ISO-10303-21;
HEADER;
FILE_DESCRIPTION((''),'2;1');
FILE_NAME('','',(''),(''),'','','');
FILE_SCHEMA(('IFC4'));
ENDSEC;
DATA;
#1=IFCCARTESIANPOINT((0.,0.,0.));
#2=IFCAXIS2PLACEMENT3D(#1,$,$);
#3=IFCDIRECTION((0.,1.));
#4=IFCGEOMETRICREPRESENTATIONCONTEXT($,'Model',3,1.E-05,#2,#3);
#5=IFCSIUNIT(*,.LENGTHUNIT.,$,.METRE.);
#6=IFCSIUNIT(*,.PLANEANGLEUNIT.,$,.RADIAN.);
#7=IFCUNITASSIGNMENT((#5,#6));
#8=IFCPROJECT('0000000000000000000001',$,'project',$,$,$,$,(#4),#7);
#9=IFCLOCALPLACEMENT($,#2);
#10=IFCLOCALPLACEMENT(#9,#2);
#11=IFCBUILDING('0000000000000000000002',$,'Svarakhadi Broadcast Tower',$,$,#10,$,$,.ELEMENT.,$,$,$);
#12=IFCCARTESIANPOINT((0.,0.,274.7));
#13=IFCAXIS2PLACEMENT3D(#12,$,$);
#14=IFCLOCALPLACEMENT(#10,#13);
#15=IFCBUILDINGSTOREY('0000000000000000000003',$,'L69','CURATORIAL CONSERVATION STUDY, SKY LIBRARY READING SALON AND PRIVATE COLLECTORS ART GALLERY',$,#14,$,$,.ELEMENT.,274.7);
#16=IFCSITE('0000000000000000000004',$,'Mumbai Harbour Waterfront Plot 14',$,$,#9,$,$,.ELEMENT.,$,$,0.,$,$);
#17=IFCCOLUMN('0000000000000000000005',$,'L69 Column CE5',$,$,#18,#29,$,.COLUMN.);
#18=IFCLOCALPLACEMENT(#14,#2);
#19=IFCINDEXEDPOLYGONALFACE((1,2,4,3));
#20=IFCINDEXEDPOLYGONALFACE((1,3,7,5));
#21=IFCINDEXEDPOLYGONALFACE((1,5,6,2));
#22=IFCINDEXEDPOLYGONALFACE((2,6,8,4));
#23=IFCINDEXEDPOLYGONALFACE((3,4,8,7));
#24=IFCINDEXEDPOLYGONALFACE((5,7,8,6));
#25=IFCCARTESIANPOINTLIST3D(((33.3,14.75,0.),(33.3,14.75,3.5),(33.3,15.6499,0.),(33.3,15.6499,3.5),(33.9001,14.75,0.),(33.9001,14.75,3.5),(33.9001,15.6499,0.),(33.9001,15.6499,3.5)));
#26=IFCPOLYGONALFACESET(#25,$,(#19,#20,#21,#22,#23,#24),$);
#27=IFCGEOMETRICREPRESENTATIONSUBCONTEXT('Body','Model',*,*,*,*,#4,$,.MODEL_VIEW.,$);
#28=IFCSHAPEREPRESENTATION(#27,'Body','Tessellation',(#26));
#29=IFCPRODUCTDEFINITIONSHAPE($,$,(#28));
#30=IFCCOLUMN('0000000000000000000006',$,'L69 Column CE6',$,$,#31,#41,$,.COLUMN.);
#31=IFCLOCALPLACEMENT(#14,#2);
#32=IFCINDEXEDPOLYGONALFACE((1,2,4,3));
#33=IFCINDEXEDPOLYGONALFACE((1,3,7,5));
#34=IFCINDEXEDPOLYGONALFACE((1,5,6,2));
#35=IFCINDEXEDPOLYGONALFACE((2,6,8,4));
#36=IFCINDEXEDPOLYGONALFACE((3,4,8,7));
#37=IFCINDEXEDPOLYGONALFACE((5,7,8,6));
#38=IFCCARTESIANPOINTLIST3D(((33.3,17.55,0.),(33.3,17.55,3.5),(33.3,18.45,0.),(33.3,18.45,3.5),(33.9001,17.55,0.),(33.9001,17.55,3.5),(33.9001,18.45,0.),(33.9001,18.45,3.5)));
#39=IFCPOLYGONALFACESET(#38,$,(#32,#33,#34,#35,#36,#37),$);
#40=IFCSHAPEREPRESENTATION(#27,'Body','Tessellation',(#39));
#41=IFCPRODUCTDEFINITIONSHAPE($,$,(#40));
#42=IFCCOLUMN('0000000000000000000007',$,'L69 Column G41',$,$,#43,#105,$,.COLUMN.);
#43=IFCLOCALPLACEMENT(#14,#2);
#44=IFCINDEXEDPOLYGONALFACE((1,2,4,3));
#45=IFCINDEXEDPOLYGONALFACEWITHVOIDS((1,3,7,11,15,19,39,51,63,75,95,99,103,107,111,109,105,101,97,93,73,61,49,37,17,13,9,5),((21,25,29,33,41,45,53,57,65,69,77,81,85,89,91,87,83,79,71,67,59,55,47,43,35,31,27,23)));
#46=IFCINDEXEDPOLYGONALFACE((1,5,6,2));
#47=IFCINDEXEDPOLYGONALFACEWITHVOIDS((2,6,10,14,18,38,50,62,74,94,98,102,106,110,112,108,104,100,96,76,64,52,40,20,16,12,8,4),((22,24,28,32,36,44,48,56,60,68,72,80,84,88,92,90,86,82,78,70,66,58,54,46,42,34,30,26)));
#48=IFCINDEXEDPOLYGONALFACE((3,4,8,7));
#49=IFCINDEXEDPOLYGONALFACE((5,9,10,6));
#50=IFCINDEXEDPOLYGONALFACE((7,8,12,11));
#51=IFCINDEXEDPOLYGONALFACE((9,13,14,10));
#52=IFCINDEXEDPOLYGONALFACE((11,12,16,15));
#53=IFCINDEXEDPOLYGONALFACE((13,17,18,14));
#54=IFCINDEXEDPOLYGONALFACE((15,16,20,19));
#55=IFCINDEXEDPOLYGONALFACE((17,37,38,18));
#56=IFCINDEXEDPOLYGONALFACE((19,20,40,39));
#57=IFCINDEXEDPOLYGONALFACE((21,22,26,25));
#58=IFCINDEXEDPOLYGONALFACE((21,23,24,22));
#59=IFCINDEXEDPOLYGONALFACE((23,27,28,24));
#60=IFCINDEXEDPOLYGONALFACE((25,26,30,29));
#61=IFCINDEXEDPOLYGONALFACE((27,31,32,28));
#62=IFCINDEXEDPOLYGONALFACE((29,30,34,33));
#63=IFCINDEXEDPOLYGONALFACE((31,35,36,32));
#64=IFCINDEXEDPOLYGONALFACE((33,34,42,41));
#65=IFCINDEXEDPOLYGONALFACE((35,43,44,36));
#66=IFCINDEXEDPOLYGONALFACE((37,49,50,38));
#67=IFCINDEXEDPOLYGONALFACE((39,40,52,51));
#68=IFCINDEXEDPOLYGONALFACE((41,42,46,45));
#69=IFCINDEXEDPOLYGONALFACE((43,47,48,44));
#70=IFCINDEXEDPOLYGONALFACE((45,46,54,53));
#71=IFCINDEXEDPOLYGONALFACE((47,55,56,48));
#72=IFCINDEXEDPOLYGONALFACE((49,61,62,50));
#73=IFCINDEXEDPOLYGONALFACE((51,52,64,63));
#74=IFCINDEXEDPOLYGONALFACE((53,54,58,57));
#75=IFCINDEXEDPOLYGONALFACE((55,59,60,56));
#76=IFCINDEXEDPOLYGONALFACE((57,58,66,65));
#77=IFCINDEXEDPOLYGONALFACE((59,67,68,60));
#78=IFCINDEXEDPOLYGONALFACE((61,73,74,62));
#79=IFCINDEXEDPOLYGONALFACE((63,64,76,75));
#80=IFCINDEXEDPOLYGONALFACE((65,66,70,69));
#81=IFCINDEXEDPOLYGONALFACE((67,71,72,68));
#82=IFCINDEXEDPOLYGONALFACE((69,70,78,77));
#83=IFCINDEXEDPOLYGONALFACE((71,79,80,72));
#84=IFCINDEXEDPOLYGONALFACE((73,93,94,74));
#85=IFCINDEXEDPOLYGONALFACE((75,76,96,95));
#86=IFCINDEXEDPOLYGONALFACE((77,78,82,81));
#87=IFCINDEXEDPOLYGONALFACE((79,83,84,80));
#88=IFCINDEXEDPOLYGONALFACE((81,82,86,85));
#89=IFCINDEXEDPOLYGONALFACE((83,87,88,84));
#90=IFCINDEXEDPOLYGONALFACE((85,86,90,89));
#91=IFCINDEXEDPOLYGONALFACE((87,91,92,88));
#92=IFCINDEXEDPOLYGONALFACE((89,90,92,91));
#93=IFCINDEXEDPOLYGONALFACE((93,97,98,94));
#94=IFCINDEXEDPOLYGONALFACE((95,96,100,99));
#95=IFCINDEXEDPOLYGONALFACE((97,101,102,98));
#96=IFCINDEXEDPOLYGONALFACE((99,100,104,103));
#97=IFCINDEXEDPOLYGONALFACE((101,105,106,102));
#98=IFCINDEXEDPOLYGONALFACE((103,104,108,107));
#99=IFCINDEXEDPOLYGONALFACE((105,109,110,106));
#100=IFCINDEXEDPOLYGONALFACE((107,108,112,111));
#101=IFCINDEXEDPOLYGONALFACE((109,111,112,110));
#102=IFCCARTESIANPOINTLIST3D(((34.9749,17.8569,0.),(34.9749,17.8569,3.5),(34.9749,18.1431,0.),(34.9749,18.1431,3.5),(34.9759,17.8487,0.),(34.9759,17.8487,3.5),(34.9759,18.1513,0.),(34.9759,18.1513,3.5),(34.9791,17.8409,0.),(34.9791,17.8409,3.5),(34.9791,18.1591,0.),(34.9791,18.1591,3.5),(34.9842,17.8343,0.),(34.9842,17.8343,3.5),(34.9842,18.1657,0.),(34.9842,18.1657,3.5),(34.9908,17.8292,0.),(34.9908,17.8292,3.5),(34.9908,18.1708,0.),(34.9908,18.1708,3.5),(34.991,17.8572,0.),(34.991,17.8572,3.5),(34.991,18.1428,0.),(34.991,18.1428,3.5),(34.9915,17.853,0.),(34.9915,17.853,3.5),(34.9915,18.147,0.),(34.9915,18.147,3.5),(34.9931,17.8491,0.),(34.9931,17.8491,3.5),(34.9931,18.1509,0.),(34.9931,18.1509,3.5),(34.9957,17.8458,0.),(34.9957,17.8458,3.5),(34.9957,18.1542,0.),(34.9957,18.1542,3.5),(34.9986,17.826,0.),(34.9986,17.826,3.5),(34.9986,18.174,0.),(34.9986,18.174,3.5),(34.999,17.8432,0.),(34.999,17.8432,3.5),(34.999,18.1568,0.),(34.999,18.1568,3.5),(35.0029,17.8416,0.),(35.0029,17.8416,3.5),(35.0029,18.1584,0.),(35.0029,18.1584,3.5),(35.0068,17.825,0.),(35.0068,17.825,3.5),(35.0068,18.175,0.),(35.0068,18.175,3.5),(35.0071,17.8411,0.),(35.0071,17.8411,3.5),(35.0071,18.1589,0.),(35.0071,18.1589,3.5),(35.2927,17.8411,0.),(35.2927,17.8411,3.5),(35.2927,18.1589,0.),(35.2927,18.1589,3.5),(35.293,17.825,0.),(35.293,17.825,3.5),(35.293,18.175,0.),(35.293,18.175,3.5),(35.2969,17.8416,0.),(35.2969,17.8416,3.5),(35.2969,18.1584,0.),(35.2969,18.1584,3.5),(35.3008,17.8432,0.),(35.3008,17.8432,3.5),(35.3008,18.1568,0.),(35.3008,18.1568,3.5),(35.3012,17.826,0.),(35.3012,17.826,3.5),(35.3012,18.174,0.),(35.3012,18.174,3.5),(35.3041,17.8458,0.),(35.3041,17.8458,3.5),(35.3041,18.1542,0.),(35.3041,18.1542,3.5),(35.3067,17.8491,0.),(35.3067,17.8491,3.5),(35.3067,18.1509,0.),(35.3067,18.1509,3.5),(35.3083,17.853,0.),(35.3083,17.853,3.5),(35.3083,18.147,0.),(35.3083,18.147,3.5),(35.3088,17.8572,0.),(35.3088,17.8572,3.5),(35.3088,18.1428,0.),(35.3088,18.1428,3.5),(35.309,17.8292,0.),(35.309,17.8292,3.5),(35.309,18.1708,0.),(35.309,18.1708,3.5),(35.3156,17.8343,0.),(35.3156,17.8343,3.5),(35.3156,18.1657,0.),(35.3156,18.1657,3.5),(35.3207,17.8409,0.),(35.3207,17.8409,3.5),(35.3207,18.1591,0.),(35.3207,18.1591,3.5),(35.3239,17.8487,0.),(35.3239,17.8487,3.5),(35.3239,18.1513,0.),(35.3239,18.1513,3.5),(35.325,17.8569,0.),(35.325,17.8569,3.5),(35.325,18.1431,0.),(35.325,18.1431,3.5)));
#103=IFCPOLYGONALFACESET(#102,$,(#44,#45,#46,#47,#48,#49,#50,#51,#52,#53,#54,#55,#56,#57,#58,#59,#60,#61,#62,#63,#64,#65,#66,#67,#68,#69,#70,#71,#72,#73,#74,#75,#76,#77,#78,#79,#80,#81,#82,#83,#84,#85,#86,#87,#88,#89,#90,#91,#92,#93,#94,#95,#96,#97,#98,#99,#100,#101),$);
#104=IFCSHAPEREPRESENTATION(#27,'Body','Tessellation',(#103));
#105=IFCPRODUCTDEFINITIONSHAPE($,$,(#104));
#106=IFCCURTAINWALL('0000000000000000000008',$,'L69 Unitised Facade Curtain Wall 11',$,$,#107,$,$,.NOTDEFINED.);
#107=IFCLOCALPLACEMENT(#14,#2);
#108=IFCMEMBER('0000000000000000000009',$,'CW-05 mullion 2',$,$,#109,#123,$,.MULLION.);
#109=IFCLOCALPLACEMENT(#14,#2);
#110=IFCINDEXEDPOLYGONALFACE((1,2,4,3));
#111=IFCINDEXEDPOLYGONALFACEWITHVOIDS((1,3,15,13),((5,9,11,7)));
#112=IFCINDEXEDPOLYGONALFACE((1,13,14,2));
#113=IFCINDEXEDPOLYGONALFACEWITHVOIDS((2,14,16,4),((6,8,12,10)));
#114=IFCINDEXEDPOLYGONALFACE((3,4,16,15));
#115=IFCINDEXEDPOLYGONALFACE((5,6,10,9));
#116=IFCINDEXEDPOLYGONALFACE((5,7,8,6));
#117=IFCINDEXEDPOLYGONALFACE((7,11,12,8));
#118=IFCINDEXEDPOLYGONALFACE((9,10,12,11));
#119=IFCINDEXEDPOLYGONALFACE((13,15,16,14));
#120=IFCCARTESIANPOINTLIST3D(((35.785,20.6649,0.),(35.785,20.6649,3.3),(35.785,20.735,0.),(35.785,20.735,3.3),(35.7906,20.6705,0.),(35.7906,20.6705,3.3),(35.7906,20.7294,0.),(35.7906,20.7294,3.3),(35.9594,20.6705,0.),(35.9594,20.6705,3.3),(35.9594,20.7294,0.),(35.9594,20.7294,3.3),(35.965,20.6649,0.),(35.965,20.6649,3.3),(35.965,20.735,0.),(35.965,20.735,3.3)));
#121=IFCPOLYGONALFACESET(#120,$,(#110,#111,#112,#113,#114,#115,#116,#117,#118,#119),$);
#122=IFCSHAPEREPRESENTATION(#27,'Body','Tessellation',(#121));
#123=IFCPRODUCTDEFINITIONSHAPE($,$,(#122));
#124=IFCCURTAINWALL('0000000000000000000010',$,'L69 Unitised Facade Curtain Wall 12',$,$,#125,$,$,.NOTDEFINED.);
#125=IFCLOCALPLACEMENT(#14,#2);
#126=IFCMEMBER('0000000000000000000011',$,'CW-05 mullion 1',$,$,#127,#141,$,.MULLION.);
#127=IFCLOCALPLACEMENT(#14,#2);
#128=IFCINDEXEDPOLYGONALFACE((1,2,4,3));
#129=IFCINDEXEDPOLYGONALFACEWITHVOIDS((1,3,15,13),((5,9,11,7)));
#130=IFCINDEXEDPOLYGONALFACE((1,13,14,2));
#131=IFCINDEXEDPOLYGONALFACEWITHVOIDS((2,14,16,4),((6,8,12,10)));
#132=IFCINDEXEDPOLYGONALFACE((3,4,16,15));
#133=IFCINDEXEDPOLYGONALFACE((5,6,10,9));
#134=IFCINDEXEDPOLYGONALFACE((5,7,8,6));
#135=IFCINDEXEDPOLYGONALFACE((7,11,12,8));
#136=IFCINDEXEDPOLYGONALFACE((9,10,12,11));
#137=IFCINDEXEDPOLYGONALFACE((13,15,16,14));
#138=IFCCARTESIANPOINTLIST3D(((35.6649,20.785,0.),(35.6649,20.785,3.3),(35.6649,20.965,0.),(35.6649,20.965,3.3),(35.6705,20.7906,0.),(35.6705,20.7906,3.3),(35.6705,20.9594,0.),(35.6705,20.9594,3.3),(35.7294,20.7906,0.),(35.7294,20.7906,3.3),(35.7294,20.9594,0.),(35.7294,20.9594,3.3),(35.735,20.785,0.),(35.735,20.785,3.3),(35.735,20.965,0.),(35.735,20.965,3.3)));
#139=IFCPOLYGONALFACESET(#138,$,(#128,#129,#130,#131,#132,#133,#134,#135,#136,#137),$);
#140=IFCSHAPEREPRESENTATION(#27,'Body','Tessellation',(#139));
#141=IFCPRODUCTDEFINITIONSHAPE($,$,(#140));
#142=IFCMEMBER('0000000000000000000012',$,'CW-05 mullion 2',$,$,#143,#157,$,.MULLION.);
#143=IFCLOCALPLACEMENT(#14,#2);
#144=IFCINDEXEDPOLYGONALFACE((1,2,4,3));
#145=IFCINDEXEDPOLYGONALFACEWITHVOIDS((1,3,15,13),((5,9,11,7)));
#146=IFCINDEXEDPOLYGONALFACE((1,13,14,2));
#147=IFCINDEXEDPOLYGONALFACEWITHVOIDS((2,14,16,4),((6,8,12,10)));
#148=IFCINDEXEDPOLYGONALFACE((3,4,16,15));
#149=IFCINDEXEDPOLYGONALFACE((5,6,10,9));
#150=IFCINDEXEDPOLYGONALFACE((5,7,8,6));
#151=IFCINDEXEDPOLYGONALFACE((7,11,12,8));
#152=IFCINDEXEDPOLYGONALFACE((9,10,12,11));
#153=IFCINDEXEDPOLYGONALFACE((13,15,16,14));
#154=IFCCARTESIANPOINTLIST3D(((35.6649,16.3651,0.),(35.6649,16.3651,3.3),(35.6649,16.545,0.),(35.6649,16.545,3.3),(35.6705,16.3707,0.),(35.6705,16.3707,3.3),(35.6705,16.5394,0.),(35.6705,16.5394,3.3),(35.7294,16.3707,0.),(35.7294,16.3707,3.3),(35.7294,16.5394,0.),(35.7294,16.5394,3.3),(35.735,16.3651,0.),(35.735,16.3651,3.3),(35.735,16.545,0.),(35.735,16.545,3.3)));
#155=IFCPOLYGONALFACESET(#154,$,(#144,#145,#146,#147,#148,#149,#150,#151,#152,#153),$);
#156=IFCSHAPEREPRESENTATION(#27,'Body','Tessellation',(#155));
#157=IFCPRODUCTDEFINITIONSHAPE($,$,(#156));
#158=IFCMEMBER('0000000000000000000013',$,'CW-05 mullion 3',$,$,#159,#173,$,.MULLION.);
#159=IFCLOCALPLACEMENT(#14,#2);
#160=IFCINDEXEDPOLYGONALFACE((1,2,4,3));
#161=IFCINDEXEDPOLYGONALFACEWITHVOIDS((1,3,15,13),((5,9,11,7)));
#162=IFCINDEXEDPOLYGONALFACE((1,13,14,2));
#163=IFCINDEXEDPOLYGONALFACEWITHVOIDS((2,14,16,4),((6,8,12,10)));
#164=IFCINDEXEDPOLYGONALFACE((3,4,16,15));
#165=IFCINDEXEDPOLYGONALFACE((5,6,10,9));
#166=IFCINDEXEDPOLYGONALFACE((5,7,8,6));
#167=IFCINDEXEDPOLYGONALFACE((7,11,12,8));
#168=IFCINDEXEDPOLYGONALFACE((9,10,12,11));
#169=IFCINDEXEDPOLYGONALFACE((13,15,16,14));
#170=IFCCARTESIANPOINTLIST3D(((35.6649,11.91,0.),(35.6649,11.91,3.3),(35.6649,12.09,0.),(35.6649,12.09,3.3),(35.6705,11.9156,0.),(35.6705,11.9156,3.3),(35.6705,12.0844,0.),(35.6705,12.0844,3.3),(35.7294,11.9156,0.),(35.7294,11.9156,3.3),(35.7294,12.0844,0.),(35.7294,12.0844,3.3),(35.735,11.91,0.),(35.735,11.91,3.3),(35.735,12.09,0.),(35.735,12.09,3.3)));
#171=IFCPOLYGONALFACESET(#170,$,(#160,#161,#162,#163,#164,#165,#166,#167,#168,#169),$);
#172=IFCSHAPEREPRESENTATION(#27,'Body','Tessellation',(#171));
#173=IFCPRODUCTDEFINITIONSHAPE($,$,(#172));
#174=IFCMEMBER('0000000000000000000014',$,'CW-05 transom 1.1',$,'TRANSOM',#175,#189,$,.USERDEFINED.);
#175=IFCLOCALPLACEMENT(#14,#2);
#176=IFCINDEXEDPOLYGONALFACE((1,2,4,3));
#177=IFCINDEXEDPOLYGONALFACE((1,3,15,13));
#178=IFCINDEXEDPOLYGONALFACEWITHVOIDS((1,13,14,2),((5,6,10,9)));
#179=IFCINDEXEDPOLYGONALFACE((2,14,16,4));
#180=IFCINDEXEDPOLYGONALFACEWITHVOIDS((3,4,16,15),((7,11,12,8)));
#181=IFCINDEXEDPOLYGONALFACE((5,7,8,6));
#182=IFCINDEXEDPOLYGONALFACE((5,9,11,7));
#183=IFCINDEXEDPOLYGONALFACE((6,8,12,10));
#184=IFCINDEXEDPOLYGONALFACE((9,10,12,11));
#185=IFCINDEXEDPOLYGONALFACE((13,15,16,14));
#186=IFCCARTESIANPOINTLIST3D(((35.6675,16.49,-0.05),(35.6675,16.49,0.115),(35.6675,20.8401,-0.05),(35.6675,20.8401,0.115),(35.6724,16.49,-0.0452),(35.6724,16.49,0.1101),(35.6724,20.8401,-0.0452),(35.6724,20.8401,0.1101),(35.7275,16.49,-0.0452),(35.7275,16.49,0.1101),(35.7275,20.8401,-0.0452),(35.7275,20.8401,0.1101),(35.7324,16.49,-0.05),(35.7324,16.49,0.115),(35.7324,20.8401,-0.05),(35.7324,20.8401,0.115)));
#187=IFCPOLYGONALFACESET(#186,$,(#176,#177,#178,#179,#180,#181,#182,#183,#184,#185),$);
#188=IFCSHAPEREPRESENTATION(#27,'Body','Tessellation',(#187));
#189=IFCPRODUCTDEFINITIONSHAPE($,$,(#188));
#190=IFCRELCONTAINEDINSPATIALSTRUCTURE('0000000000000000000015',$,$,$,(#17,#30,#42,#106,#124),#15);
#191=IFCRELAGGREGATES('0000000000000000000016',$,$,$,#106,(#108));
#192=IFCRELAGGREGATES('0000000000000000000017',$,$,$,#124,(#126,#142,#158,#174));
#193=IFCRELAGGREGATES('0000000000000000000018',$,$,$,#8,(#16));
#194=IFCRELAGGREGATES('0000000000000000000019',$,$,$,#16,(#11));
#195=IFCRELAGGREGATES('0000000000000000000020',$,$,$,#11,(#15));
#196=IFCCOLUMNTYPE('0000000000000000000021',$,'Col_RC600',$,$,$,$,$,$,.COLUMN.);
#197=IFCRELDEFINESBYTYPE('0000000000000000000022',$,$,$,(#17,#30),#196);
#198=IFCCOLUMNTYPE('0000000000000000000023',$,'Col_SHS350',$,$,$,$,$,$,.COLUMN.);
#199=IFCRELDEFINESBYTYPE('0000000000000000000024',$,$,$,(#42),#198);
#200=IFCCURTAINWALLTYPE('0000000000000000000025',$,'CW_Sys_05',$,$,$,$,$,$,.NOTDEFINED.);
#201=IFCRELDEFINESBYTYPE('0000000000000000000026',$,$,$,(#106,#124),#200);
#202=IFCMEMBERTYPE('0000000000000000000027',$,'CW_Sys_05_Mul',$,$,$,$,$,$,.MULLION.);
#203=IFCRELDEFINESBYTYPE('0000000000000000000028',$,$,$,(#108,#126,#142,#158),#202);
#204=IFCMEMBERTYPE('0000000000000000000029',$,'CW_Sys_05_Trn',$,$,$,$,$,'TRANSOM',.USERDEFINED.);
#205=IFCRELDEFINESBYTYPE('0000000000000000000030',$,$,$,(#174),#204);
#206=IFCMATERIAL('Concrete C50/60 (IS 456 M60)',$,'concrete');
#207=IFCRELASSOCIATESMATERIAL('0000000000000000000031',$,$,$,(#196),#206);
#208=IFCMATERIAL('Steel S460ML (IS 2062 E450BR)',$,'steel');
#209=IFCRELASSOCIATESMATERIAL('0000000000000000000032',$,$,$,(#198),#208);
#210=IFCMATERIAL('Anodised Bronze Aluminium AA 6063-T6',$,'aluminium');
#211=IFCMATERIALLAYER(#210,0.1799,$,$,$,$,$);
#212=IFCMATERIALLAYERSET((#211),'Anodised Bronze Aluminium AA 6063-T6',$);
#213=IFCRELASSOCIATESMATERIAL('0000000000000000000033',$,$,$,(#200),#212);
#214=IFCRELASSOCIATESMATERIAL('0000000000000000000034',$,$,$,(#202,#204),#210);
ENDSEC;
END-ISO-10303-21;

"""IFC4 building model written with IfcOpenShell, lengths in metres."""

from ifc_helpers import new_model, si_unit, direction, frame, origin, origin_2d, place, context, subcontext, project, spatial, rectangle, hollow_rectangle, extrude, material, layer, layer_set, material_profile, profile_set, type_object, element, aggregate, save


model = new_model("IFC4")

# Units and contexts
model_context = context("Model", 3, precision=1e-05, world=origin(), true_north=direction((0.0, 1.0)))
body_context = subcontext(model_context, "Body", "Model", "MODEL_VIEW")
ifc_project = project(units=[si_unit("LENGTHUNIT", "METRE"), si_unit("PLANEANGLEUNIT", "RADIAN")], contexts=[model_context])

# Site, building, storey
site_placement = place(None, origin())
site = spatial("IfcSite", under=ifc_project, at=site_placement, Name="Mumbai Harbour Waterfront Plot 14", CompositionType="ELEMENT", RefElevation=0.0)
building_placement = place(site_placement, origin())
building = spatial("IfcBuilding", under=site, at=building_placement, Name="Svarakhadi Broadcast Tower", CompositionType="ELEMENT")
storey_placement = place(building_placement, frame((0.0, 0.0, 274.7)))
storey = spatial("IfcBuildingStorey", under=building, at=storey_placement, Name="L69", Description="CURATORIAL CONSERVATION STUDY, SKY LIBRARY READING SALON AND PRIVATE COLLECTORS ART GALLERY", CompositionType="ELEMENT", Elevation=274.7)

# Columns
ifc_material_1 = material(Name="Concrete C50/60 (IS 456 M60)", Category="concrete")
ifc_material_profile_1 = material_profile(ifc_material_1, rectangle(XDim=0.6001, YDim=0.8999, at=origin_2d()), Name="RC 600x900")
ifc_profile_set_1 = profile_set([ifc_material_profile_1], Name="Concrete C50/60 (IS 456 M60)")
column_type_1 = type_object("IfcColumnType", Name="Col_RC600", PredefinedType="COLUMN", material=ifc_profile_set_1)
for number, where, z_axis, x_axis, name in (
    (1, (33.6001, 15.2, 0.0), (0.0, 0.0, 1.0), (1.0, 0.0, 0.0), "L69 Column CE5"),
    (2, (33.6001, 18.0, 0.0), (0.0, 0.0, 1.0), (1.0, 0.0, 0.0), "L69 Column CE6"),
):
    element("IfcColumn", number, at=place(storey_placement, frame(where, z_axis=z_axis, x_axis=x_axis)), inside=storey, type_object=column_type_1, Name=name, PredefinedType="COLUMN", context=body_context, shape_type="SweptSolid", body=[
        extrude(rectangle(XDim=0.6001, YDim=0.8999, at=origin_2d()), origin(), (0.0, 0.0, 1.0), 3.5),
    ])
ifc_material_2 = material(Name="Steel S460ML (IS 2062 E450BR)", Category="steel")
ifc_material_profile_2 = material_profile(ifc_material_2, hollow_rectangle(XDim=0.3501, YDim=0.3501, WallThickness=0.0161, InnerFilletRadius=0.0161, OuterFilletRadius=0.032, at=origin_2d()), Name="SHS 350x350x16")
ifc_profile_set_2 = profile_set([ifc_material_profile_2], Name="Steel S460ML (IS 2062 E450BR)")
column_type_2 = type_object("IfcColumnType", Name="Col_SHS350", PredefinedType="COLUMN", material=ifc_profile_set_2)
column_placement = place(storey_placement, frame((35.1499, 18.0, 0.0), z_axis=(0.0, 0.0, 1.0), x_axis=(1.0, 0.0, 0.0)))
element("IfcColumn", 3, at=column_placement, inside=storey, type_object=column_type_2, Name="L69 Column G41", PredefinedType="COLUMN", context=body_context, shape_type="SweptSolid", body=[
    extrude(hollow_rectangle(XDim=0.3501, YDim=0.3501, WallThickness=0.0161, InnerFilletRadius=0.0161, OuterFilletRadius=0.032, at=origin_2d()), origin(), (0.0, 0.0, 1.0), 3.5),
])

# Curtain wall, member
ifc_material_3 = material(Name="Anodised Bronze Aluminium AA 6063-T6", Category="aluminium")
ifc_layer_1 = layer(ifc_material_3, 0.1799)
ifc_layer_set_1 = layer_set([ifc_layer_1], Name="Anodised Bronze Aluminium AA 6063-T6")
curtain_wall_type = type_object("IfcCurtainWallType", Name="CW_Sys_05", PredefinedType="NOTDEFINED", material=ifc_layer_set_1)
curtain_wall_1_placement = place(storey_placement, origin())
curtain_wall_1 = element("IfcCurtainWall", 4, at=curtain_wall_1_placement, inside=storey, type_object=curtain_wall_type, Name="L69 Unitised Facade Curtain Wall 11", PredefinedType="NOTDEFINED")
ifc_material_profile_3 = material_profile(ifc_material_3, hollow_rectangle(XDim=0.0701, YDim=0.1799, WallThickness=0.0056, at=origin_2d()), Name="ALU MULLION 180x70x6")
ifc_profile_set_3 = profile_set([ifc_material_profile_3], Name="Anodised Bronze Aluminium AA 6063-T6")
member_type_1 = type_object("IfcMemberType", Name="CW_Sys_05_Mul", PredefinedType="MULLION", material=ifc_profile_set_3)
member_1_placement = place(storey_placement, frame((35.875, 20.7, 0.0), z_axis=(0.0, 0.0, 1.0), x_axis=(0.0, 1.0, 0.0)))
member_1 = element("IfcMember", 5, at=member_1_placement, type_object=member_type_1, Name="CW-05 mullion 2", PredefinedType="MULLION", context=body_context, shape_type="SweptSolid", body=[
    extrude(hollow_rectangle(XDim=0.0701, YDim=0.1799, WallThickness=0.0056, at=origin_2d()), origin(), (0.0, 0.0, 1.0), 3.3),
])

# Curtain wall, members
curtain_wall_2_placement = place(storey_placement, origin())
curtain_wall_2 = element("IfcCurtainWall", 6, at=curtain_wall_2_placement, inside=storey, type_object=curtain_wall_type, Name="L69 Unitised Facade Curtain Wall 12", PredefinedType="NOTDEFINED")
member_2_placement = place(storey_placement, frame((35.7, 20.875, 0.0), z_axis=(0.0, 0.0, 1.0), x_axis=(1.0, 0.0, 0.0)))
member_2 = element("IfcMember", 7, at=member_2_placement, type_object=member_type_1, Name="CW-05 mullion 1", PredefinedType="MULLION", context=body_context, shape_type="SweptSolid", body=[
    extrude(hollow_rectangle(XDim=0.0701, YDim=0.1799, WallThickness=0.0056, at=origin_2d()), origin(), (0.0, 0.0, 1.0), 3.3),
])
member_3_placement = place(storey_placement, frame((35.7, 16.4551, 0.0), z_axis=(0.0, 0.0, 1.0), x_axis=(1.0, 0.0, 0.0)))
member_3 = element("IfcMember", 8, at=member_3_placement, type_object=member_type_1, Name="CW-05 mullion 2", PredefinedType="MULLION", context=body_context, shape_type="SweptSolid", body=[
    extrude(hollow_rectangle(XDim=0.0701, YDim=0.1799, WallThickness=0.0056, at=origin_2d()), origin(), (0.0, 0.0, 1.0), 3.3),
])
member_4_placement = place(storey_placement, frame((35.7, 12.0, 0.0), z_axis=(0.0, 0.0, 1.0), x_axis=(1.0, 0.0, 0.0)))
member_4 = element("IfcMember", 9, at=member_4_placement, type_object=member_type_1, Name="CW-05 mullion 3", PredefinedType="MULLION", context=body_context, shape_type="SweptSolid", body=[
    extrude(hollow_rectangle(XDim=0.0701, YDim=0.1799, WallThickness=0.0056, at=origin_2d()), origin(), (0.0, 0.0, 1.0), 3.3),
])
ifc_material_profile_4 = material_profile(ifc_material_3, hollow_rectangle(XDim=0.0649, YDim=0.165, WallThickness=0.0049, at=origin_2d()), Name="ALU TRANSOM 165x65x5")
ifc_profile_set_4 = profile_set([ifc_material_profile_4], Name="Anodised Bronze Aluminium AA 6063-T6")
member_type_2 = type_object("IfcMemberType", Name="CW_Sys_05_Trn", ElementType="TRANSOM", PredefinedType="USERDEFINED", material=ifc_profile_set_4)
member_5_placement = place(storey_placement, frame((35.7, 20.8401, 0.0325), z_axis=(0.0, -1.0, 0.0), x_axis=(1.0, 0.0, 0.0)))
member_5 = element("IfcMember", 10, at=member_5_placement, type_object=member_type_2, Name="CW-05 transom 1.1", ObjectType="TRANSOM", PredefinedType="USERDEFINED", context=body_context, shape_type="SweptSolid", body=[
    extrude(hollow_rectangle(XDim=0.0649, YDim=0.165, WallThickness=0.0049, at=origin_2d()), origin(), (0.0, 0.0, 1.0), 4.3501),
])

aggregate(curtain_wall_1, [member_1])
aggregate(curtain_wall_2, [member_2, member_3, member_4, member_5])

save(model, "model.ifc")
